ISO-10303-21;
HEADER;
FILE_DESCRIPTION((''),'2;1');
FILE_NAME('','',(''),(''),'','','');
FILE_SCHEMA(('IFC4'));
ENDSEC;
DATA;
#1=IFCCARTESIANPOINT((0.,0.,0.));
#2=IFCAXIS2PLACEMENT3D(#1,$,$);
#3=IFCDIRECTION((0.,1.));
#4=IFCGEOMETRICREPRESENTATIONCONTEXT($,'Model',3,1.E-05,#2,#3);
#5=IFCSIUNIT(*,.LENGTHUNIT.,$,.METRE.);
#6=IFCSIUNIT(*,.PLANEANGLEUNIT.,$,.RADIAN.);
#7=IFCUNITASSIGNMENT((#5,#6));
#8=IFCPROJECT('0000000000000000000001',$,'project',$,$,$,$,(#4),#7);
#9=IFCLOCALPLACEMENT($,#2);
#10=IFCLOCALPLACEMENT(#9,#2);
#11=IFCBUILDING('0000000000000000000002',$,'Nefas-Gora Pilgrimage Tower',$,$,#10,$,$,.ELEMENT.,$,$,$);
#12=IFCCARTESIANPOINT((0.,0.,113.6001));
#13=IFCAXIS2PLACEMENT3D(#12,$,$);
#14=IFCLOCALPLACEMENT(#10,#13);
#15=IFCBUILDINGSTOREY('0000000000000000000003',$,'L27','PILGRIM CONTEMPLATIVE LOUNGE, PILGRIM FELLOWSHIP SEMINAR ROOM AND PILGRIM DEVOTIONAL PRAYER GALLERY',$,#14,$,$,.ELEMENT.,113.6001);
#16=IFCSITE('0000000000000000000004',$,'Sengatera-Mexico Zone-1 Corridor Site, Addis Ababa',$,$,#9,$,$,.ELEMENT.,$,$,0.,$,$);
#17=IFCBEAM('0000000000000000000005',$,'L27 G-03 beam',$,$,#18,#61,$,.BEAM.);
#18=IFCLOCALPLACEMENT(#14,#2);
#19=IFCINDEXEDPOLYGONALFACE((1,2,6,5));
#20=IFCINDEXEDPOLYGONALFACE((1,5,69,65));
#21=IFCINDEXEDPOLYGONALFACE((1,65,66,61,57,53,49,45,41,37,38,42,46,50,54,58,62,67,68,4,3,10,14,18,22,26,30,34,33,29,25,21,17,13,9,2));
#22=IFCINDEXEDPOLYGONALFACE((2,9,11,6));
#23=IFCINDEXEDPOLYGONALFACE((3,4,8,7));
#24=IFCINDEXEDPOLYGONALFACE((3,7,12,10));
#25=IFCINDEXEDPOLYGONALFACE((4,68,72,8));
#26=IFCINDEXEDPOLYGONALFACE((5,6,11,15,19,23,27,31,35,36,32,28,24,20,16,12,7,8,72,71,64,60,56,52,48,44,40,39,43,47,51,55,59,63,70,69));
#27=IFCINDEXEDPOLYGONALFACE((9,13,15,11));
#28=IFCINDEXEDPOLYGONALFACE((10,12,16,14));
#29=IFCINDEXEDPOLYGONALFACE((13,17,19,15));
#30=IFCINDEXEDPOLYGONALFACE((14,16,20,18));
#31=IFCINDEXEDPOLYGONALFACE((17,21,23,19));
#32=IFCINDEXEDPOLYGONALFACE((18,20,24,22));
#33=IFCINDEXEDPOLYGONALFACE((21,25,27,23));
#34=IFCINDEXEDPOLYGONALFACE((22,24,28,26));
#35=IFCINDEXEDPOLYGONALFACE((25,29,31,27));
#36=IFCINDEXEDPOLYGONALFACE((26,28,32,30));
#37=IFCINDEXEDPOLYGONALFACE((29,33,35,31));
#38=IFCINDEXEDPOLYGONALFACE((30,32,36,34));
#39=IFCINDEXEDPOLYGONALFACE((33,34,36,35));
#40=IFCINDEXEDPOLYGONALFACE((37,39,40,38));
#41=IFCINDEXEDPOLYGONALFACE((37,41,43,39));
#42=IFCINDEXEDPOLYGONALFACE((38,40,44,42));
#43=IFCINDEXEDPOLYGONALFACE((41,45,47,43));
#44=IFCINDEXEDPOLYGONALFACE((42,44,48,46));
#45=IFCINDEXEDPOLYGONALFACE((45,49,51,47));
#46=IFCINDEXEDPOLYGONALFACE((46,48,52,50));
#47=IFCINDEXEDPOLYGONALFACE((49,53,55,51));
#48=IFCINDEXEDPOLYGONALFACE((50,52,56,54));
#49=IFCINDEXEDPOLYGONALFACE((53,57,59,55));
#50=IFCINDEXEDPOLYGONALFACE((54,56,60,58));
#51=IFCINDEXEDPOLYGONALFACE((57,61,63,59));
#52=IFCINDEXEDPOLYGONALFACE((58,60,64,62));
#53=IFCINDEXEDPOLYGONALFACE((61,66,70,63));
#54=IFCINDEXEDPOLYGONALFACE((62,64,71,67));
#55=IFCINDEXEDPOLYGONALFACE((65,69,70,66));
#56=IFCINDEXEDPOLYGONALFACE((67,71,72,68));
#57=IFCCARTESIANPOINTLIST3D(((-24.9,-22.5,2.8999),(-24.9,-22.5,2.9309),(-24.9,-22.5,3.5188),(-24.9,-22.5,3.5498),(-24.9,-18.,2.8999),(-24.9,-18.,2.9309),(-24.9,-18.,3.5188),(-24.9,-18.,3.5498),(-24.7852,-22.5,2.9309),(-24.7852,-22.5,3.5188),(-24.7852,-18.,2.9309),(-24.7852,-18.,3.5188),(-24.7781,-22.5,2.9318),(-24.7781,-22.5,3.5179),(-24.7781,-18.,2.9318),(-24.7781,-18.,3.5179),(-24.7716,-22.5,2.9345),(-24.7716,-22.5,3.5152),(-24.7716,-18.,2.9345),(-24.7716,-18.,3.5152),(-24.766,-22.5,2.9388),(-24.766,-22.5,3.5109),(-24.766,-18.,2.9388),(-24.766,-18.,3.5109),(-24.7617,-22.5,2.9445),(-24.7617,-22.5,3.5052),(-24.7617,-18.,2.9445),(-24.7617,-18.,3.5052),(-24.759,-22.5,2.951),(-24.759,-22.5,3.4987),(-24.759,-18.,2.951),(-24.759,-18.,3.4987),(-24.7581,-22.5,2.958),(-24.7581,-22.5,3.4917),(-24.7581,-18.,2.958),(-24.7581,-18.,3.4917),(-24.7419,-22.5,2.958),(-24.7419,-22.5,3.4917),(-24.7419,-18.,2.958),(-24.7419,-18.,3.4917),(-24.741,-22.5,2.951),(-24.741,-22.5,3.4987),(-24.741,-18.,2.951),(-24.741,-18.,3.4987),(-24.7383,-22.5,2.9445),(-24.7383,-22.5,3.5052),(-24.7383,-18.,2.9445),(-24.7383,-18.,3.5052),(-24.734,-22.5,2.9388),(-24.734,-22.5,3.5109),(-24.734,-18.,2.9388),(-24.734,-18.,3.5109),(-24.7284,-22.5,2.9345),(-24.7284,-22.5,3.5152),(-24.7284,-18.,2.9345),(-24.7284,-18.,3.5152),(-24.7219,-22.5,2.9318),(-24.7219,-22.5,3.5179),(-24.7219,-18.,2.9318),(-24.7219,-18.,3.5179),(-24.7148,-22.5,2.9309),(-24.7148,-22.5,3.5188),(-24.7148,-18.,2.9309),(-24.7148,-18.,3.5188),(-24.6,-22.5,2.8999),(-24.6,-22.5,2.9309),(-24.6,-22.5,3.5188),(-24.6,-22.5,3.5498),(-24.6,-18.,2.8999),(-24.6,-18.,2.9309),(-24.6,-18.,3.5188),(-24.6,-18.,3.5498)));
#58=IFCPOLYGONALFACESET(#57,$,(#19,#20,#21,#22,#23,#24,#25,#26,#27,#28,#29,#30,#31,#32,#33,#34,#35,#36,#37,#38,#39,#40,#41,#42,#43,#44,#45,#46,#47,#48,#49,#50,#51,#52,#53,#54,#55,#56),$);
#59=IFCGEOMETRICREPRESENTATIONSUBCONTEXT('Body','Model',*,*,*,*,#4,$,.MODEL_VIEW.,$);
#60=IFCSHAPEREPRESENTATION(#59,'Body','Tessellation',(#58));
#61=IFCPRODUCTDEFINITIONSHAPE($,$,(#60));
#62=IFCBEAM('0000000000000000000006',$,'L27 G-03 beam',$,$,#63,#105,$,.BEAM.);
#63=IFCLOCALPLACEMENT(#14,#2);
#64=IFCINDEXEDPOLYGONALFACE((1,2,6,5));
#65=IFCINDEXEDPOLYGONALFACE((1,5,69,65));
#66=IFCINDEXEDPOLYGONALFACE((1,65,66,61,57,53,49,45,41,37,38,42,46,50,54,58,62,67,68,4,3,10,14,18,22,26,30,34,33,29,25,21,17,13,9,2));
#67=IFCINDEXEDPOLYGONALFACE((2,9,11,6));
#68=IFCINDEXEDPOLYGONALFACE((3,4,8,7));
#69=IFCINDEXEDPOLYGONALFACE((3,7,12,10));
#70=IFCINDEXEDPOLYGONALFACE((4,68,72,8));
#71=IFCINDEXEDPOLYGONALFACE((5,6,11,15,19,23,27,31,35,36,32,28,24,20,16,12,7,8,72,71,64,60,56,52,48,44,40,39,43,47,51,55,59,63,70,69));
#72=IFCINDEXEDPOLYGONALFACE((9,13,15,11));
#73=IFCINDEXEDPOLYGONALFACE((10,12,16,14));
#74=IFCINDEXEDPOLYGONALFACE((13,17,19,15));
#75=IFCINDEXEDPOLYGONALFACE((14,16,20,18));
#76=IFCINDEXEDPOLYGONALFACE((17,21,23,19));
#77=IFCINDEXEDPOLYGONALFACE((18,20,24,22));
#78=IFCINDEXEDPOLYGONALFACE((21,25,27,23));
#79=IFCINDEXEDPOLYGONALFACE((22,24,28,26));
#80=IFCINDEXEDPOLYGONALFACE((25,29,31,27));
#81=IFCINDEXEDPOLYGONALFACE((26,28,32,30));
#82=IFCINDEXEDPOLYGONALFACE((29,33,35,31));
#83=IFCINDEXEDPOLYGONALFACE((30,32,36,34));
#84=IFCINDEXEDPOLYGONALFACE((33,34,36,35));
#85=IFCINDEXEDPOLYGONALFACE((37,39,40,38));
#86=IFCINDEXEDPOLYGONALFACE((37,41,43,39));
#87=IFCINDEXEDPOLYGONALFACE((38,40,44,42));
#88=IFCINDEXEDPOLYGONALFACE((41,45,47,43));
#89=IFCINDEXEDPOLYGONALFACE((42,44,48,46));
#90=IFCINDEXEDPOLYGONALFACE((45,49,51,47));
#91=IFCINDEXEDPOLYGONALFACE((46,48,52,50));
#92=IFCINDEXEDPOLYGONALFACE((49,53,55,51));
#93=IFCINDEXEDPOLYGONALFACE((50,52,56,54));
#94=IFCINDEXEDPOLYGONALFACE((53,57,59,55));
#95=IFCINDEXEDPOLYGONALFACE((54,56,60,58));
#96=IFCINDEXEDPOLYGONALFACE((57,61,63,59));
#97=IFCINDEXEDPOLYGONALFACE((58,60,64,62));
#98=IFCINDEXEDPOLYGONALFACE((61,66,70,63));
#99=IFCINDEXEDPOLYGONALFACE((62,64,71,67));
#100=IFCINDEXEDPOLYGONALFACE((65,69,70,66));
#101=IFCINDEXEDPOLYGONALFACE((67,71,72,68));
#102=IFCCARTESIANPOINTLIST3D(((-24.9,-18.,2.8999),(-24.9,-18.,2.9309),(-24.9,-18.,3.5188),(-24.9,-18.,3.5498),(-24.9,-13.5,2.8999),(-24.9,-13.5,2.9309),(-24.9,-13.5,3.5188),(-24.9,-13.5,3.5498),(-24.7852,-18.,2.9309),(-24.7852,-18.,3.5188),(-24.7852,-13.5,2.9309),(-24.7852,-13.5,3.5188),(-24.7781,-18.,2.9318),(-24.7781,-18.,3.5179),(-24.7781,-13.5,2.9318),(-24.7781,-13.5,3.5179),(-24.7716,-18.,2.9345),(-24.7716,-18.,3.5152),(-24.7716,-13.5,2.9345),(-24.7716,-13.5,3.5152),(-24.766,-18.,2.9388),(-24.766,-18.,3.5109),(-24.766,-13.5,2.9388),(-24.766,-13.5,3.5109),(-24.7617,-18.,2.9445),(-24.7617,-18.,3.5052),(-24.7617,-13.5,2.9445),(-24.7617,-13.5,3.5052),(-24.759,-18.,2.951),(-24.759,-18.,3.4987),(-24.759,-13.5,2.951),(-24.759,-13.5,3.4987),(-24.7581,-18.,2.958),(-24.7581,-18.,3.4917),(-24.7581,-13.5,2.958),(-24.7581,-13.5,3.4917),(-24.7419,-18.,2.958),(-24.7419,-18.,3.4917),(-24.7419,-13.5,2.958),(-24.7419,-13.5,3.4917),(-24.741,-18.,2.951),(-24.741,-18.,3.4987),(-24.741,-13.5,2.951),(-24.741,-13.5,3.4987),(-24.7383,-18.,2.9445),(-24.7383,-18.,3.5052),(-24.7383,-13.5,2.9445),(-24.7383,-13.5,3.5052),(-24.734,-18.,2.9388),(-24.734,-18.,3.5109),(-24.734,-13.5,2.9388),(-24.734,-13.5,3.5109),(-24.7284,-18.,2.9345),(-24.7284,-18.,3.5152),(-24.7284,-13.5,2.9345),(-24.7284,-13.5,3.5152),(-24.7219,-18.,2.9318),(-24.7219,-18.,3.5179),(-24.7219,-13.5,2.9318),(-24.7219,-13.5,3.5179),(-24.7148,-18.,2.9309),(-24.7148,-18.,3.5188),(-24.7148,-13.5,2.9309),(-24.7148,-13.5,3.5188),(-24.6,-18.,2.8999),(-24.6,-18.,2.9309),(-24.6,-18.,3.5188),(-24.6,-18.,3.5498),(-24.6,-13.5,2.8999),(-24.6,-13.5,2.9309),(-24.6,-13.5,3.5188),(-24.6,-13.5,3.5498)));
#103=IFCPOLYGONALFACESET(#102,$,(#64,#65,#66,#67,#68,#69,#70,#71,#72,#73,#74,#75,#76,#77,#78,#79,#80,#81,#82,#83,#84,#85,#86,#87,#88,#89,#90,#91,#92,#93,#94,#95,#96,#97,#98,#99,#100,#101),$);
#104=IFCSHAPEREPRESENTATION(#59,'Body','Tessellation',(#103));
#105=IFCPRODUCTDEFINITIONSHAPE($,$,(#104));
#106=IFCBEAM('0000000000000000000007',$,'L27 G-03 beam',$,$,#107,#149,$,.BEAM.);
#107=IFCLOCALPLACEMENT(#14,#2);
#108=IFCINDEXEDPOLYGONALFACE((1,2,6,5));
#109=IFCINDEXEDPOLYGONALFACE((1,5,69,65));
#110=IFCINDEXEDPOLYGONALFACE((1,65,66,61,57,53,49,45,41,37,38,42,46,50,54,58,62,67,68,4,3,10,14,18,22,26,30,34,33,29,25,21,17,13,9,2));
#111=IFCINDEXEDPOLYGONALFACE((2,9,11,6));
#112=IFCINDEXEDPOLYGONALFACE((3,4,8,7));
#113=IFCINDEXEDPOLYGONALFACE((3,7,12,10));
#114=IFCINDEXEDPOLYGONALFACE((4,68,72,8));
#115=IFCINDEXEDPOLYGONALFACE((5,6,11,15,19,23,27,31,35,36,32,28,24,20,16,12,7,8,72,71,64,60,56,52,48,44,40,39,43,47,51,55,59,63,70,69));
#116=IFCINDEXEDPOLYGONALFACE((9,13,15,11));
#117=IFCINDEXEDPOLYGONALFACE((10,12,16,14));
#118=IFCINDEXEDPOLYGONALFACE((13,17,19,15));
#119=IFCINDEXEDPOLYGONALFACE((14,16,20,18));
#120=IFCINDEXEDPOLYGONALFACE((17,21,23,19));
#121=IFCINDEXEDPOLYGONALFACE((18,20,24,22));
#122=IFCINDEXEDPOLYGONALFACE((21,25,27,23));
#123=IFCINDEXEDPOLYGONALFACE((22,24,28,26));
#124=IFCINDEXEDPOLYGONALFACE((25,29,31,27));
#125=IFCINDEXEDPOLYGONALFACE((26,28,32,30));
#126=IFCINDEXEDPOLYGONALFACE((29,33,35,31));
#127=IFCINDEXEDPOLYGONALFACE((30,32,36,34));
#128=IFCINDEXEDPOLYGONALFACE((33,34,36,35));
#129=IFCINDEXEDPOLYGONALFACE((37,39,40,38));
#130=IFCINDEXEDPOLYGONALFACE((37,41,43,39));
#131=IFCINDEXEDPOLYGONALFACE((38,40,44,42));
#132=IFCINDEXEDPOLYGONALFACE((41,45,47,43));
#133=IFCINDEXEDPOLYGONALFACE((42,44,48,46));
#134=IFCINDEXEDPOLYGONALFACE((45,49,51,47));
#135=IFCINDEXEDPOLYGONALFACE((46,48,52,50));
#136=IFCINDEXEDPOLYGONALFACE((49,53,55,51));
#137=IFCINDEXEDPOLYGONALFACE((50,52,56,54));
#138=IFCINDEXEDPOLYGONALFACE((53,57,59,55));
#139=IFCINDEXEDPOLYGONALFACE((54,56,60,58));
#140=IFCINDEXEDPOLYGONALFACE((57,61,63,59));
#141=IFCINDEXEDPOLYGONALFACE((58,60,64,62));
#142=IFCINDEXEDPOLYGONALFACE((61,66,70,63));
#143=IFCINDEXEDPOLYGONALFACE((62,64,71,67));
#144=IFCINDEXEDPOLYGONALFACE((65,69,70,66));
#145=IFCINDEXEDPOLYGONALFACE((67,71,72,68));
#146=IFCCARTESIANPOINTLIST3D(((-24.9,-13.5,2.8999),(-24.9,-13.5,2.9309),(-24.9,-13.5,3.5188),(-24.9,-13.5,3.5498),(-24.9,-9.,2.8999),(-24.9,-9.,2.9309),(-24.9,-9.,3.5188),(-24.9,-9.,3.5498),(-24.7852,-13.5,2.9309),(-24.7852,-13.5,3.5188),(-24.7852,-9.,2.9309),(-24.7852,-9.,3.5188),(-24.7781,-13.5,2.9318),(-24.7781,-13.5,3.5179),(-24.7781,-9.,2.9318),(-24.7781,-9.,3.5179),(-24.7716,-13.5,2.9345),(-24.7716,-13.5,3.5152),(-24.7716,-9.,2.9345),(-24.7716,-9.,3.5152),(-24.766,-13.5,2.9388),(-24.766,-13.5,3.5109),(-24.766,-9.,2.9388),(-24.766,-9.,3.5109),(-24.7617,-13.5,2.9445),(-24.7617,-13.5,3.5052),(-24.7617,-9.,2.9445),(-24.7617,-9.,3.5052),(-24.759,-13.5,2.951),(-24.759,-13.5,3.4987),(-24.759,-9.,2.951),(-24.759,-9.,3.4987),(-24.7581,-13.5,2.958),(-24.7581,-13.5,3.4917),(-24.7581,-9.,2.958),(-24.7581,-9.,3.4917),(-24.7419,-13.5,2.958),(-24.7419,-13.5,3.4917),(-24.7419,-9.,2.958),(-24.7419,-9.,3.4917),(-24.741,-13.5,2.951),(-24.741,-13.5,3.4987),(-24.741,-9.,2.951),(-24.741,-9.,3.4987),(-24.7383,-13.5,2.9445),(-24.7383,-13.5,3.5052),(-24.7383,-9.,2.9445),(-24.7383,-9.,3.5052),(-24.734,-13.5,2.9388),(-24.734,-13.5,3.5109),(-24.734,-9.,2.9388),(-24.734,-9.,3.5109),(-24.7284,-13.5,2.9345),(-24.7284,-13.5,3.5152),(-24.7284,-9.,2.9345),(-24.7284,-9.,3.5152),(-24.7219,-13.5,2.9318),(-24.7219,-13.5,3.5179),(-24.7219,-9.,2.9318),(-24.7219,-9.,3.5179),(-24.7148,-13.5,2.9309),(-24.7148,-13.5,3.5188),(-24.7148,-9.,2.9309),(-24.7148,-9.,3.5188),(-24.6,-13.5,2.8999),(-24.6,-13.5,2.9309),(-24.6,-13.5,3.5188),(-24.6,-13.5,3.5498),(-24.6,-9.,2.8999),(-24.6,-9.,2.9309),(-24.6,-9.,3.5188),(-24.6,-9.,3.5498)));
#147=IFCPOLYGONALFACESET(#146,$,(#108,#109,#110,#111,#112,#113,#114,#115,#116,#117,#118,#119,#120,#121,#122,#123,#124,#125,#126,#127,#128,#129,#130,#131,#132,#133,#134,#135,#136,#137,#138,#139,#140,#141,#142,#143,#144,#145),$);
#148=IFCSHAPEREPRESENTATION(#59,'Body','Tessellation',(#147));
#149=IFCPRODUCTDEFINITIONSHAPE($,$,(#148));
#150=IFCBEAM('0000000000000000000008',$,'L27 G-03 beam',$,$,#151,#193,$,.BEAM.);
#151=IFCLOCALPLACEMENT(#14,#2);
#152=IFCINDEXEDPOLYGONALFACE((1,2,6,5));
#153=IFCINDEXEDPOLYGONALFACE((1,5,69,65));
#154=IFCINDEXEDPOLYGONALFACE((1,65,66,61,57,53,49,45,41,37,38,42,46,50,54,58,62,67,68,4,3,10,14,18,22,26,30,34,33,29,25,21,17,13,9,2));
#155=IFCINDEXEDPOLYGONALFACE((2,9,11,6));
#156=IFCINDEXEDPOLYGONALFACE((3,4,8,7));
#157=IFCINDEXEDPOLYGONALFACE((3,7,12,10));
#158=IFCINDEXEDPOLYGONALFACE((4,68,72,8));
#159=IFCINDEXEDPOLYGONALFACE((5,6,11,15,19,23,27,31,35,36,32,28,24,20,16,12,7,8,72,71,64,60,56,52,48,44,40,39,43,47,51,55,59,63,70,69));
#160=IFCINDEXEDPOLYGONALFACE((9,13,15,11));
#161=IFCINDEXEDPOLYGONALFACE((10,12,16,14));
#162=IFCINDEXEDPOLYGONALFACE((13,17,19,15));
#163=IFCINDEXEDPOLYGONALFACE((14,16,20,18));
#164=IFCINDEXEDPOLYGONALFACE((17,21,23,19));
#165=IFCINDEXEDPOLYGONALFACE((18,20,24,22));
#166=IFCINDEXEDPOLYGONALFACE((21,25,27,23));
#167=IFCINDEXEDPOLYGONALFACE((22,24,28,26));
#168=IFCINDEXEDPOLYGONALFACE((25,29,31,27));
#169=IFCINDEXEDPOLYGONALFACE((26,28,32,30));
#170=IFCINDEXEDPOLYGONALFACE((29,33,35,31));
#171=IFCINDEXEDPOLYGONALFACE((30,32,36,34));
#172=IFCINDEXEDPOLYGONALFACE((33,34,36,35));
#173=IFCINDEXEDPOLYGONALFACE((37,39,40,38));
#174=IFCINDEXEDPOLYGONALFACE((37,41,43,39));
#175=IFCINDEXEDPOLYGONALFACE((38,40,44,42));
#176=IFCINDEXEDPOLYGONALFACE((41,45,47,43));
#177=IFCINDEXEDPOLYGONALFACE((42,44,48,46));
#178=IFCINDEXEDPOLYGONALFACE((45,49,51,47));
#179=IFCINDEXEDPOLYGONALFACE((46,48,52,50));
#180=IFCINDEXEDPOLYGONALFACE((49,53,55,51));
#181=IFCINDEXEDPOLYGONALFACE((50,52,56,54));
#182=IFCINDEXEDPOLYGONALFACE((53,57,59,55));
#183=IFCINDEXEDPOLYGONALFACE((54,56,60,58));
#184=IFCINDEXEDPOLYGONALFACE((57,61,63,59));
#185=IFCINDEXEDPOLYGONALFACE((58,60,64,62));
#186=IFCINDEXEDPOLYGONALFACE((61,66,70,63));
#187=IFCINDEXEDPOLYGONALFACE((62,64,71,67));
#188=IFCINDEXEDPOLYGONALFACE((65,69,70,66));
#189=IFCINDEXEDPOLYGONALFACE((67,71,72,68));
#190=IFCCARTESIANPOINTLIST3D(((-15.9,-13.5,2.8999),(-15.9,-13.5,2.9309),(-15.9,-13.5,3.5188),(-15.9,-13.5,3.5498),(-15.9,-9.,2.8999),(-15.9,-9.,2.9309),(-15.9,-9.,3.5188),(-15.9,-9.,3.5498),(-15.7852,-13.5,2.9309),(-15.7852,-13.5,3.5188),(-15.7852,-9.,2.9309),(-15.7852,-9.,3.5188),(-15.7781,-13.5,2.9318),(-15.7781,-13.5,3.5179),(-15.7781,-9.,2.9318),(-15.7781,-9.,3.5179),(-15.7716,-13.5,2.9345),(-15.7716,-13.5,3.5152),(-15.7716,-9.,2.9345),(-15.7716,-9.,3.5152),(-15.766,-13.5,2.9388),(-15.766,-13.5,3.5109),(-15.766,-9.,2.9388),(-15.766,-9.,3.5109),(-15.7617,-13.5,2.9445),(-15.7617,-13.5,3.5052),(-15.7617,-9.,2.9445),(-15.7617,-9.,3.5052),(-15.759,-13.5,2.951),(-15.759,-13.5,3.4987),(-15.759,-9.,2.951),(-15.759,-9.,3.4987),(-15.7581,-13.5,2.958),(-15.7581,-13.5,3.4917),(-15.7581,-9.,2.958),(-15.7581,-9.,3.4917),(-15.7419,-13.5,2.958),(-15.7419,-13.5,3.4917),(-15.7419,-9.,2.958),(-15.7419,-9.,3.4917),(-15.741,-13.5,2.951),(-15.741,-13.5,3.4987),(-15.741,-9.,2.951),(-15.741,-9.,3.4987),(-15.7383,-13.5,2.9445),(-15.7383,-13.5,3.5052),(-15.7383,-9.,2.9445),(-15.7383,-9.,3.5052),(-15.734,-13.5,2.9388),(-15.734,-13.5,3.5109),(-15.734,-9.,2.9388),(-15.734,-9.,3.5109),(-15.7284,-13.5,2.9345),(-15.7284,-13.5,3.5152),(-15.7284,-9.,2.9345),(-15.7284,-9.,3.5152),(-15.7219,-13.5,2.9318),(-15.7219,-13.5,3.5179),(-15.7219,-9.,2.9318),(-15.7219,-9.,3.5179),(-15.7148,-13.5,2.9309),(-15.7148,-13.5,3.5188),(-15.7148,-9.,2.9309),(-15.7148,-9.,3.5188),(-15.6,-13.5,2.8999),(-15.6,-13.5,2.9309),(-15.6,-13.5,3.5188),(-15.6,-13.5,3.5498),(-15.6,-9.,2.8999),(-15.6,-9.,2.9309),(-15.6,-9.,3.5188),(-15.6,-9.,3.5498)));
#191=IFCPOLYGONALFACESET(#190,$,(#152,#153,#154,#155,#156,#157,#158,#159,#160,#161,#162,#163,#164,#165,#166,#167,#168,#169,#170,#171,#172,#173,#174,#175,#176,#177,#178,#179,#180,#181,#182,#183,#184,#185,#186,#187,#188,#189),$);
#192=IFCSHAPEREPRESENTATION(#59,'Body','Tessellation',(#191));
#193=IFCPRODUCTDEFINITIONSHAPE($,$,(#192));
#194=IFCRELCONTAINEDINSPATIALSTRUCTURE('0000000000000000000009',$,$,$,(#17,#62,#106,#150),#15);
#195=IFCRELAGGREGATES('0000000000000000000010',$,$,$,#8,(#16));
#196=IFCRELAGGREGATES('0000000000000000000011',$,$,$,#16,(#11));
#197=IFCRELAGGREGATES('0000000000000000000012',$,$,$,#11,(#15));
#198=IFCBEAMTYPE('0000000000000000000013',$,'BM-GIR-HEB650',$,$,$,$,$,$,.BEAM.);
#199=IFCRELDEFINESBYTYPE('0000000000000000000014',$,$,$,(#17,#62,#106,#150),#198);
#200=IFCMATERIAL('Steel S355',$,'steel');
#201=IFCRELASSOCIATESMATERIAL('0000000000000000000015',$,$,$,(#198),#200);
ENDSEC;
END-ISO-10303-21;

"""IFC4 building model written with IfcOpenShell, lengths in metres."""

from ifc_helpers import new_model, si_unit, direction, frame, origin, origin_2d, place, context, subcontext, project, spatial, i_section, extrude, source, transform, mapped, material, material_profile, profile_set, type_object, element, save


model = new_model("IFC4")

# Units and contexts
model_context = context("Model", 3, precision=1e-05, world=origin(), true_north=direction((0.0, 1.0)))
body_context = subcontext(model_context, "Body", "Model", "MODEL_VIEW")
ifc_project = project(units=[si_unit("LENGTHUNIT", "METRE"), si_unit("PLANEANGLEUNIT", "RADIAN")], contexts=[model_context])

# Site, building, storey
site_placement = place(None, origin())
site = spatial("IfcSite", under=ifc_project, at=site_placement, Name="Sengatera-Mexico Zone-1 Corridor Site, Addis Ababa", CompositionType="ELEMENT", RefElevation=0.0)
building_placement = place(site_placement, origin())
building = spatial("IfcBuilding", under=site, at=building_placement, Name="Nefas-Gora Pilgrimage Tower", CompositionType="ELEMENT")
storey_placement = place(building_placement, frame((0.0, 0.0, 113.6001)))
storey = spatial("IfcBuildingStorey", under=building, at=storey_placement, Name="L27", Description="PILGRIM CONTEMPLATIVE LOUNGE, PILGRIM FELLOWSHIP SEMINAR ROOM AND PILGRIM DEVOTIONAL PRAYER GALLERY", CompositionType="ELEMENT", Elevation=113.6001)

# Beams
ifc_material_1 = material(Name="Steel S355", Category="steel")
ifc_material_profile_1 = material_profile(ifc_material_1, i_section(OverallWidth=0.3, OverallDepth=0.6499, WebThickness=0.0161, FlangeThickness=0.031, FilletRadius=0.0271, at=origin_2d()), Name="HEB 650")
ifc_profile_set_1 = profile_set([ifc_material_profile_1], Name="Steel S355")
beam_type_1 = type_object("IfcBeamType", Name="BM-GIR-HEB650", PredefinedType="BEAM", material=ifc_profile_set_1)
shared_shape_1 = source(origin(), body_context, "Body", "SweptSolid", [
    extrude(i_section(OverallWidth=0.3, OverallDepth=0.6499, WebThickness=0.0161, FlangeThickness=0.031, FilletRadius=0.0271, at=origin_2d()), origin(), (0.0, 0.0, 1.0), 4.5),
])
for number, where, z_axis, x_axis, name in (
    (1, (-24.75, -22.5, 3.2249), (0.0, 1.0, 0.0), (-1.0, 0.0, 0.0), "L27 G-03 beam"),
    (2, (-24.75, -18.0, 3.2249), (0.0, 1.0, 0.0), (-1.0, 0.0, 0.0), "L27 G-03 beam"),
    (3, (-24.75, -13.5, 3.2249), (0.0, 1.0, 0.0), (-1.0, 0.0, 0.0), "L27 G-03 beam"),
    (4, (-15.75, -13.5, 3.2249), (0.0, 1.0, 0.0), (-1.0, 0.0, 0.0), "L27 G-03 beam"),
):
    element("IfcBeam", number, at=place(storey_placement, frame(where, z_axis=z_axis, x_axis=x_axis)), inside=storey, type_object=beam_type_1, Name=name, PredefinedType="BEAM", context=body_context, shape_type="MappedRepresentation", body=[
        mapped(shared_shape_1, transform((0.0, 0.0, 0.0), x_axis=(1.0, 0.0, 0.0), y_axis=(0.0, 1.0, 0.0), z_axis=(0.0, 0.0, 1.0), scale=1.0)),
    ])

save(model, "model.ifc")
